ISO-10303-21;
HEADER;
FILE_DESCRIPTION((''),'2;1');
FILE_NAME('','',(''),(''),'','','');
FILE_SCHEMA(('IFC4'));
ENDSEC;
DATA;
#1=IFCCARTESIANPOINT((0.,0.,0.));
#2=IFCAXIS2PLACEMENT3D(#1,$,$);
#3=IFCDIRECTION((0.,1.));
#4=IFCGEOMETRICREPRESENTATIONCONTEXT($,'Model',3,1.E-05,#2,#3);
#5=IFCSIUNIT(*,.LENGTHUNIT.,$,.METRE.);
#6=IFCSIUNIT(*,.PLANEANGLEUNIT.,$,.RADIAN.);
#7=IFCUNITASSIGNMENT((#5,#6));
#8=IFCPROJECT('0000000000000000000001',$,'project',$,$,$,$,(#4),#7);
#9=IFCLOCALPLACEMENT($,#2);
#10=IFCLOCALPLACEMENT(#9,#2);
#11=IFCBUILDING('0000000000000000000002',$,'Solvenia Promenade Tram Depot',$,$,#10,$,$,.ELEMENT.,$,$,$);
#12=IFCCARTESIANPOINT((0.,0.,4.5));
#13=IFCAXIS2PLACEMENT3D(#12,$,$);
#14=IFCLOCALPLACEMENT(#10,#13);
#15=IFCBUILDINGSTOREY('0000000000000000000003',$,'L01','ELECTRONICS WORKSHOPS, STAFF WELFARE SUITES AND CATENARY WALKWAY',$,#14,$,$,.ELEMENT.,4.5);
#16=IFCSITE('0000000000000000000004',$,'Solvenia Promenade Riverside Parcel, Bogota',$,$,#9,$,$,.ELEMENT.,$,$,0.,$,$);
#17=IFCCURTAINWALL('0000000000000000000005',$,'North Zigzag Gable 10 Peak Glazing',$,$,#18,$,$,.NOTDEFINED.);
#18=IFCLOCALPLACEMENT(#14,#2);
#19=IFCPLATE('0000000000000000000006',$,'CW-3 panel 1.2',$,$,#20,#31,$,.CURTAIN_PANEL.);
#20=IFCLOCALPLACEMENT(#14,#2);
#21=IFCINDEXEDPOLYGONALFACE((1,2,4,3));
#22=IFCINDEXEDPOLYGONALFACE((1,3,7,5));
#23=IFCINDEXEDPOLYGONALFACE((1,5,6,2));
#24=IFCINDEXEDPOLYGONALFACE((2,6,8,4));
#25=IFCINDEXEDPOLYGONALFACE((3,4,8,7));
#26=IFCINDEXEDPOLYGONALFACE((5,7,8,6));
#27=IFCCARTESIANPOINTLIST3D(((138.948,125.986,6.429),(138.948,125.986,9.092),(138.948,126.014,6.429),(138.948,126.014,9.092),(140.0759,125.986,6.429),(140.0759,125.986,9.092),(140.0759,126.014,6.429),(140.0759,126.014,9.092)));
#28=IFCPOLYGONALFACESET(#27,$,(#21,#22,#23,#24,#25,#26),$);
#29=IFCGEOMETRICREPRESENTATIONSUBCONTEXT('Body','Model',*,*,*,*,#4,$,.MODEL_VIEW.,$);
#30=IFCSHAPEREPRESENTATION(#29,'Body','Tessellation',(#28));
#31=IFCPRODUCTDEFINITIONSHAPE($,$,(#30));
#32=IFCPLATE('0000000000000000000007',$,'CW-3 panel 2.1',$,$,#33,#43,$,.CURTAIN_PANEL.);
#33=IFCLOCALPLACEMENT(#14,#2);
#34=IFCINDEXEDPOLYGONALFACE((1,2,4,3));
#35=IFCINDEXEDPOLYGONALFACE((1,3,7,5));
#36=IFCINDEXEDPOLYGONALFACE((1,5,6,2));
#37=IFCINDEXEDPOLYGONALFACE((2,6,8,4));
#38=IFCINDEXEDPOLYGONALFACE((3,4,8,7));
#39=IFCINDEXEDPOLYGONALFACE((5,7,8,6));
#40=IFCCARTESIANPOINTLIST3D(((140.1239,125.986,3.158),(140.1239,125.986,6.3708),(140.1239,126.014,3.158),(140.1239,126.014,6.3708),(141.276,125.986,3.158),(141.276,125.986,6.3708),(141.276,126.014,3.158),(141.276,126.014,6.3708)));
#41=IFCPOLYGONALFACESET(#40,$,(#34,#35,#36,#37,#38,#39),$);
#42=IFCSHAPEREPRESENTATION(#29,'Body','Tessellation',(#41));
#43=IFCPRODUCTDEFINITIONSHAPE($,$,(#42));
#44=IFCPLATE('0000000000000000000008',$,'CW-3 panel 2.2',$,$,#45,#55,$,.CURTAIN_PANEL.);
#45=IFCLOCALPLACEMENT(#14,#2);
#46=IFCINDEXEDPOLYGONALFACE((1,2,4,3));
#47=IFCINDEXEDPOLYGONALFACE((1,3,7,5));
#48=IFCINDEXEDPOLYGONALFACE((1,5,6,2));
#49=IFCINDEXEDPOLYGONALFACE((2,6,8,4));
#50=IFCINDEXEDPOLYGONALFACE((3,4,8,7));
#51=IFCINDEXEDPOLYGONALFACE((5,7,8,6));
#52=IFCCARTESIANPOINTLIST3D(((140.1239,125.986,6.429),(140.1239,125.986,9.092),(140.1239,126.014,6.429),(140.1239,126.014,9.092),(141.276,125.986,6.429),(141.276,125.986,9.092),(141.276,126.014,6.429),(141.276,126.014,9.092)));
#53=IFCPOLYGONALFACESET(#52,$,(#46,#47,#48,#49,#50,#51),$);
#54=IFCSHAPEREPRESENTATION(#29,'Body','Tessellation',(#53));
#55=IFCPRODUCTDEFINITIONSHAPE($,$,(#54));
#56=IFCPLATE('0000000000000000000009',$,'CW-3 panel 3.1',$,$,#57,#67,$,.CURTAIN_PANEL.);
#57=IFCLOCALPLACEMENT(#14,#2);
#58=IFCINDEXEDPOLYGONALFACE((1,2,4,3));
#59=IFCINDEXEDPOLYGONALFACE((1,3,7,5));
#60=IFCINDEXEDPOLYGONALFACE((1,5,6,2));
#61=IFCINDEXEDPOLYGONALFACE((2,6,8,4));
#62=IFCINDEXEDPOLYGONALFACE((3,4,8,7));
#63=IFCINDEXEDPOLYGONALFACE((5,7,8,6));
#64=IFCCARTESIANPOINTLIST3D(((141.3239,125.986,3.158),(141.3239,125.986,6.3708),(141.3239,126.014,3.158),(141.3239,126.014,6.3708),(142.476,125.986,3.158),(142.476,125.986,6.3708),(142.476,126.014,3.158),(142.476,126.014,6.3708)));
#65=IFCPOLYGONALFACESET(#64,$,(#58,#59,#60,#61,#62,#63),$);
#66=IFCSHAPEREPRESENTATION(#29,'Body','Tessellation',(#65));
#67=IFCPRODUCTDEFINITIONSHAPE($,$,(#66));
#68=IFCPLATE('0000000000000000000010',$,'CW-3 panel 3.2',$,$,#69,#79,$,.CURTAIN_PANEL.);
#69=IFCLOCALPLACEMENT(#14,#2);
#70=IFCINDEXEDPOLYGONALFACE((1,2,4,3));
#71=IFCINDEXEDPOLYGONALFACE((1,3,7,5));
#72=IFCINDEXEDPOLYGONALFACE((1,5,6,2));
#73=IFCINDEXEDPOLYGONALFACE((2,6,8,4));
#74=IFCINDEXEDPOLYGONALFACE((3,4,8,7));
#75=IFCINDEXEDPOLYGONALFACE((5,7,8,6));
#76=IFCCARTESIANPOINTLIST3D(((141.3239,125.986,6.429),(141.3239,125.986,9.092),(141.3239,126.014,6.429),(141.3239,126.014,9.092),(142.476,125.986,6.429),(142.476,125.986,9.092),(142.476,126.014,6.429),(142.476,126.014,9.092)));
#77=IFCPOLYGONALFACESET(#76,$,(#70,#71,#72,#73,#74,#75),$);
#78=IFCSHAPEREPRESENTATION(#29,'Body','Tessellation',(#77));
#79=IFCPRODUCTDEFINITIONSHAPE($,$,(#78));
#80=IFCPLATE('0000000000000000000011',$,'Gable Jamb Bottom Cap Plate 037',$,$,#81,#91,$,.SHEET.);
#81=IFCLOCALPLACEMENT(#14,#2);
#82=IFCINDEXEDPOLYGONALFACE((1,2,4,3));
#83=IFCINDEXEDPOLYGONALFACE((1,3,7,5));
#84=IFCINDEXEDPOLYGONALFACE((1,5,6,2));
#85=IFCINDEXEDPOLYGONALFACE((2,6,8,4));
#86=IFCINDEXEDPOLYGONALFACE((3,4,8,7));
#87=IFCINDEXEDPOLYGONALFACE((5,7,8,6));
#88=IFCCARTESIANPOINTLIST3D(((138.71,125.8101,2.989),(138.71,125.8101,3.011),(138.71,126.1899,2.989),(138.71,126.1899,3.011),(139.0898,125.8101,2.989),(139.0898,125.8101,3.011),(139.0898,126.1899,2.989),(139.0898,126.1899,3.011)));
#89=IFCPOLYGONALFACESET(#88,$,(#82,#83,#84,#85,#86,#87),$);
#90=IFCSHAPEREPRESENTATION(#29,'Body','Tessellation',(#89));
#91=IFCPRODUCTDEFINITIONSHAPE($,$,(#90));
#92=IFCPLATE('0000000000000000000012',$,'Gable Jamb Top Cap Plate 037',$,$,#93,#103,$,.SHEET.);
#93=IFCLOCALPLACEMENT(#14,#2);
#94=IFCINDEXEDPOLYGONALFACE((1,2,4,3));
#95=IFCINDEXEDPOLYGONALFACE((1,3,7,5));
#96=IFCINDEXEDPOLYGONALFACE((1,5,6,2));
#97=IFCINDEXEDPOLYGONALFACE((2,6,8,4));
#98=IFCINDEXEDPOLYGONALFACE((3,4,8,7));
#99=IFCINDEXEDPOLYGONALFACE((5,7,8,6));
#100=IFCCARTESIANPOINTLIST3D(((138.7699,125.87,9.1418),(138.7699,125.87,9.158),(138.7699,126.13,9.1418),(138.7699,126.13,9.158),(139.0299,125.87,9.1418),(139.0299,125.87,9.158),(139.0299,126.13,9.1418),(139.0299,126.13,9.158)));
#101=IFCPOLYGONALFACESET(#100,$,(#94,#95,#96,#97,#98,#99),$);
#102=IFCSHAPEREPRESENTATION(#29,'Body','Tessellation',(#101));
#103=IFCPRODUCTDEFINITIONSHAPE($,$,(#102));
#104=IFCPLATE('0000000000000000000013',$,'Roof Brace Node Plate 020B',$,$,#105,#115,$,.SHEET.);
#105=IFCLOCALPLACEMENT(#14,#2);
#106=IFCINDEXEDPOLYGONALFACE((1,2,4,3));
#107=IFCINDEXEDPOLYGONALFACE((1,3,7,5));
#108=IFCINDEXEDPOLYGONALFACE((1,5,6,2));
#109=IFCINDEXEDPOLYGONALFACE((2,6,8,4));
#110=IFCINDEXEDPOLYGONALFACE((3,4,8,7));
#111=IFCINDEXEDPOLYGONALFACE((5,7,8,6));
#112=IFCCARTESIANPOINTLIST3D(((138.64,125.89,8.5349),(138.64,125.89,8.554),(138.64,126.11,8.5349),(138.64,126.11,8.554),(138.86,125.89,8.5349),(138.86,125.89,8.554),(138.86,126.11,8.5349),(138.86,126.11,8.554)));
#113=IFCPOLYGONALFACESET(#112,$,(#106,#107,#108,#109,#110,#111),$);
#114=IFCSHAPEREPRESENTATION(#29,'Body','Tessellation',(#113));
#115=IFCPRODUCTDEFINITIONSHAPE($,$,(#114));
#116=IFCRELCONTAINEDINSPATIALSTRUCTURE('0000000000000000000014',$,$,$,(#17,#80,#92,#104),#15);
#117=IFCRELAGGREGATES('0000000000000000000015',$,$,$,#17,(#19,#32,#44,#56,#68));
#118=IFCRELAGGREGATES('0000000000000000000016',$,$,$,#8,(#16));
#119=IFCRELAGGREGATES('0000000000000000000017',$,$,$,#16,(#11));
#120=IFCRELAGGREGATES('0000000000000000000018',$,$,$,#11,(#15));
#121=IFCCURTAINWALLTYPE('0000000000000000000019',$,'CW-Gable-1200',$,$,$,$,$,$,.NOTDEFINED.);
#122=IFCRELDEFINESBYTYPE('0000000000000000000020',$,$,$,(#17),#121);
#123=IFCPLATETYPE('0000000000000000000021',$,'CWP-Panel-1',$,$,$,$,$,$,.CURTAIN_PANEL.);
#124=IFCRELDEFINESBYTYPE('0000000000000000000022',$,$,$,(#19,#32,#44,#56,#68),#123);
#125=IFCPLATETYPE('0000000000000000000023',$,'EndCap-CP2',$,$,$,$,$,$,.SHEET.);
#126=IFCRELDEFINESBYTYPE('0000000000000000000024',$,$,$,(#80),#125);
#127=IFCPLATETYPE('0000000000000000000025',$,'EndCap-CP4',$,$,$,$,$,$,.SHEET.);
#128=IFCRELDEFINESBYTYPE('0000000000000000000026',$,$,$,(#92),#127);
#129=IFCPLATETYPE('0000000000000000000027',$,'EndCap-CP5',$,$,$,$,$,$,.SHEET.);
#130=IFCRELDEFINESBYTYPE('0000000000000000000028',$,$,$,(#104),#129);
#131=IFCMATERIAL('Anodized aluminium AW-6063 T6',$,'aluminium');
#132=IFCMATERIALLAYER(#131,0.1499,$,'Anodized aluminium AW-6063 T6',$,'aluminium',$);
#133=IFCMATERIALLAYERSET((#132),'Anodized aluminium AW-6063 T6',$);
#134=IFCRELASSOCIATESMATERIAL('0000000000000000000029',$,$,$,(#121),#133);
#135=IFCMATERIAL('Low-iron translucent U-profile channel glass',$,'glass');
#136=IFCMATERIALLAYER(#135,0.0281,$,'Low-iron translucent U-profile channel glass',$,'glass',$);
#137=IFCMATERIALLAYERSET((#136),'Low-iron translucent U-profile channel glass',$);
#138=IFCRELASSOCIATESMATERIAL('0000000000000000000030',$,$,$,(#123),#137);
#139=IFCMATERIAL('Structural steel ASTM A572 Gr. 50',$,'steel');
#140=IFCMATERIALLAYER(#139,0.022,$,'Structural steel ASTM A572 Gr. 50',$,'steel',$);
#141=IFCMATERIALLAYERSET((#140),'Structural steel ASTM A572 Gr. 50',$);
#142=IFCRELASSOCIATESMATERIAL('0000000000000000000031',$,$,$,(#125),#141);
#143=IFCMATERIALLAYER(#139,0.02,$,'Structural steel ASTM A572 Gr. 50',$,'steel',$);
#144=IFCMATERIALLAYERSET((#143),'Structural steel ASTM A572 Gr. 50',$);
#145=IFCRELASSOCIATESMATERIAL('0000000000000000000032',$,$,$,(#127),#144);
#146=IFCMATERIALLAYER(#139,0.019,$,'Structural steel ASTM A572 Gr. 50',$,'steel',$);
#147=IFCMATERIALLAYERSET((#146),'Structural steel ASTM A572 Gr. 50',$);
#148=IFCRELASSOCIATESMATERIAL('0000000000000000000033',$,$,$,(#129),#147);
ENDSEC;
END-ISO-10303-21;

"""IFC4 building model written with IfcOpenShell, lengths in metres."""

from ifc_helpers import new_model, si_unit, direction, frame, origin, origin_2d, place, context, subcontext, project, spatial, rectangle, extrude, material, layer, layer_set, type_object, element, aggregate, save


model = new_model("IFC4")

# Units and contexts
model_context = context("Model", 3, precision=1e-05, world=origin(), true_north=direction((0.0, 1.0)))
body_context = subcontext(model_context, "Body", "Model", "MODEL_VIEW")
ifc_project = project(units=[si_unit("LENGTHUNIT", "METRE"), si_unit("PLANEANGLEUNIT", "RADIAN")], contexts=[model_context])

# Site, building, storey
site_placement = place(None, origin())
site = spatial("IfcSite", under=ifc_project, at=site_placement, Name="Solvenia Promenade Riverside Parcel, Bogota", CompositionType="ELEMENT", RefElevation=0.0)
building_placement = place(site_placement, origin())
building = spatial("IfcBuilding", under=site, at=building_placement, Name="Solvenia Promenade Tram Depot", CompositionType="ELEMENT")
storey_placement = place(building_placement, frame((0.0, 0.0, 4.5)))
storey = spatial("IfcBuildingStorey", under=building, at=storey_placement, Name="L01", Description="ELECTRONICS WORKSHOPS, STAFF WELFARE SUITES AND CATENARY WALKWAY", CompositionType="ELEMENT", Elevation=4.5)

# Curtain wall
ifc_material_1 = material(Name="Anodized aluminium AW-6063 T6", Category="aluminium")
ifc_layer_1 = layer(ifc_material_1, 0.1499, Name="Anodized aluminium AW-6063 T6", Category="aluminium")
ifc_layer_set_1 = layer_set([ifc_layer_1], Name="Anodized aluminium AW-6063 T6")
curtain_wall_type = type_object("IfcCurtainWallType", Name="CW-Gable-1200", PredefinedType="NOTDEFINED", material=ifc_layer_set_1)
curtain_wall_placement = place(storey_placement, origin())
curtain_wall = element("IfcCurtainWall", 1, at=curtain_wall_placement, inside=storey, type_object=curtain_wall_type, Name="North Zigzag Gable 10 Peak Glazing", PredefinedType="NOTDEFINED")

# Plates
ifc_material_2 = material(Name="Low-iron translucent U-profile channel glass", Category="glass")
ifc_layer_2 = layer(ifc_material_2, 0.0281, Name="Low-iron translucent U-profile channel glass", Category="glass")
ifc_layer_set_2 = layer_set([ifc_layer_2], Name="Low-iron translucent U-profile channel glass")
plate_type_1 = type_object("IfcPlateType", Name="CWP-Panel-1", PredefinedType="CURTAIN_PANEL", material=ifc_layer_set_2)
plate_1_placement = place(storey_placement, frame((139.512, 126.0, 6.429), z_axis=(0.0, 0.0, 1.0), x_axis=(1.0, 0.0, 0.0)))
plate_1 = element("IfcPlate", 2, at=plate_1_placement, type_object=plate_type_1, Name="CW-3 panel 1.2", PredefinedType="CURTAIN_PANEL", context=body_context, shape_type="SweptSolid", body=[
    extrude(rectangle(XDim=1.1279, YDim=0.0281, at=origin_2d()), origin(), (0.0, 0.0, 1.0), 2.6631),
])
plate_2_placement = place(storey_placement, frame((140.7, 126.0, 3.158), z_axis=(0.0, 0.0, 1.0), x_axis=(1.0, 0.0, 0.0)))
plate_2 = element("IfcPlate", 3, at=plate_2_placement, type_object=plate_type_1, Name="CW-3 panel 2.1", PredefinedType="CURTAIN_PANEL", context=body_context, shape_type="SweptSolid", body=[
    extrude(rectangle(XDim=1.1521, YDim=0.0281, at=origin_2d()), origin(), (0.0, 0.0, 1.0), 3.2129),
])
plate_3_placement = place(storey_placement, frame((140.7, 126.0, 6.429), z_axis=(0.0, 0.0, 1.0), x_axis=(1.0, 0.0, 0.0)))
plate_3 = element("IfcPlate", 4, at=plate_3_placement, type_object=plate_type_1, Name="CW-3 panel 2.2", PredefinedType="CURTAIN_PANEL", context=body_context, shape_type="SweptSolid", body=[
    extrude(rectangle(XDim=1.1521, YDim=0.0281, at=origin_2d()), origin(), (0.0, 0.0, 1.0), 2.6631),
])
plate_4_placement = place(storey_placement, frame((141.8999, 126.0, 3.158), z_axis=(0.0, 0.0, 1.0), x_axis=(1.0, 0.0, 0.0)))
plate_4 = element("IfcPlate", 5, at=plate_4_placement, type_object=plate_type_1, Name="CW-3 panel 3.1", PredefinedType="CURTAIN_PANEL", context=body_context, shape_type="SweptSolid", body=[
    extrude(rectangle(XDim=1.1521, YDim=0.0281, at=origin_2d()), origin(), (0.0, 0.0, 1.0), 3.2129),
])
plate_5_placement = place(storey_placement, frame((141.8999, 126.0, 6.429), z_axis=(0.0, 0.0, 1.0), x_axis=(1.0, 0.0, 0.0)))
plate_5 = element("IfcPlate", 6, at=plate_5_placement, type_object=plate_type_1, Name="CW-3 panel 3.2", PredefinedType="CURTAIN_PANEL", context=body_context, shape_type="SweptSolid", body=[
    extrude(rectangle(XDim=1.1521, YDim=0.0281, at=origin_2d()), origin(), (0.0, 0.0, 1.0), 2.6631),
])
aggregate(curtain_wall, [plate_1, plate_2, plate_3, plate_4, plate_5])

# Plates
ifc_material_3 = material(Name="Structural steel ASTM A572 Gr. 50", Category="steel")
ifc_layer_3 = layer(ifc_material_3, 0.022, Name="Structural steel ASTM A572 Gr. 50", Category="steel")
ifc_layer_set_3 = layer_set([ifc_layer_3], Name="Structural steel ASTM A572 Gr. 50")
plate_type_2 = type_object("IfcPlateType", Name="EndCap-CP2", PredefinedType="SHEET", material=ifc_layer_set_3)
plate_6_placement = place(storey_placement, frame((138.8999, 126.0, 2.989), z_axis=(0.0, 0.0, 1.0), x_axis=(1.0, 0.0, 0.0)))
element("IfcPlate", 7, at=plate_6_placement, inside=storey, type_object=plate_type_2, Name="Gable Jamb Bottom Cap Plate 037", PredefinedType="SHEET", context=body_context, shape_type="SweptSolid", body=[
    extrude(rectangle(XDim=0.3799, YDim=0.3799, at=origin_2d()), origin(), (0.0, 0.0, 1.0), 0.022),
])
ifc_layer_4 = layer(ifc_material_3, 0.02, Name="Structural steel ASTM A572 Gr. 50", Category="steel")
ifc_layer_set_4 = layer_set([ifc_layer_4], Name="Structural steel ASTM A572 Gr. 50")
plate_type_3 = type_object("IfcPlateType", Name="EndCap-CP4", PredefinedType="SHEET", material=ifc_layer_set_4)
plate_7_placement = place(storey_placement, frame((138.8999, 126.0, 9.1418), z_axis=(0.0, 0.0, 1.0), x_axis=(1.0, 0.0, 0.0)))
element("IfcPlate", 8, at=plate_7_placement, inside=storey, type_object=plate_type_3, Name="Gable Jamb Top Cap Plate 037", PredefinedType="SHEET", context=body_context, shape_type="SweptSolid", body=[
    extrude(rectangle(XDim=0.26, YDim=0.26, at=origin_2d()), origin(), (0.0, 0.0, 1.0), 0.0161),
])
ifc_layer_5 = layer(ifc_material_3, 0.019, Name="Structural steel ASTM A572 Gr. 50", Category="steel")
ifc_layer_set_5 = layer_set([ifc_layer_5], Name="Structural steel ASTM A572 Gr. 50")
plate_type_4 = type_object("IfcPlateType", Name="EndCap-CP5", PredefinedType="SHEET", material=ifc_layer_set_5)
plate_8_placement = place(storey_placement, frame((138.75, 126.0, 8.5349), z_axis=(0.0, 0.0, 1.0), x_axis=(1.0, 0.0, 0.0)))
element("IfcPlate", 9, at=plate_8_placement, inside=storey, type_object=plate_type_4, Name="Roof Brace Node Plate 020B", PredefinedType="SHEET", context=body_context, shape_type="SweptSolid", body=[
    extrude(rectangle(XDim=0.22, YDim=0.22, at=origin_2d()), origin(), (0.0, 0.0, 1.0), 0.019),
])

save(model, "model.ifc")
